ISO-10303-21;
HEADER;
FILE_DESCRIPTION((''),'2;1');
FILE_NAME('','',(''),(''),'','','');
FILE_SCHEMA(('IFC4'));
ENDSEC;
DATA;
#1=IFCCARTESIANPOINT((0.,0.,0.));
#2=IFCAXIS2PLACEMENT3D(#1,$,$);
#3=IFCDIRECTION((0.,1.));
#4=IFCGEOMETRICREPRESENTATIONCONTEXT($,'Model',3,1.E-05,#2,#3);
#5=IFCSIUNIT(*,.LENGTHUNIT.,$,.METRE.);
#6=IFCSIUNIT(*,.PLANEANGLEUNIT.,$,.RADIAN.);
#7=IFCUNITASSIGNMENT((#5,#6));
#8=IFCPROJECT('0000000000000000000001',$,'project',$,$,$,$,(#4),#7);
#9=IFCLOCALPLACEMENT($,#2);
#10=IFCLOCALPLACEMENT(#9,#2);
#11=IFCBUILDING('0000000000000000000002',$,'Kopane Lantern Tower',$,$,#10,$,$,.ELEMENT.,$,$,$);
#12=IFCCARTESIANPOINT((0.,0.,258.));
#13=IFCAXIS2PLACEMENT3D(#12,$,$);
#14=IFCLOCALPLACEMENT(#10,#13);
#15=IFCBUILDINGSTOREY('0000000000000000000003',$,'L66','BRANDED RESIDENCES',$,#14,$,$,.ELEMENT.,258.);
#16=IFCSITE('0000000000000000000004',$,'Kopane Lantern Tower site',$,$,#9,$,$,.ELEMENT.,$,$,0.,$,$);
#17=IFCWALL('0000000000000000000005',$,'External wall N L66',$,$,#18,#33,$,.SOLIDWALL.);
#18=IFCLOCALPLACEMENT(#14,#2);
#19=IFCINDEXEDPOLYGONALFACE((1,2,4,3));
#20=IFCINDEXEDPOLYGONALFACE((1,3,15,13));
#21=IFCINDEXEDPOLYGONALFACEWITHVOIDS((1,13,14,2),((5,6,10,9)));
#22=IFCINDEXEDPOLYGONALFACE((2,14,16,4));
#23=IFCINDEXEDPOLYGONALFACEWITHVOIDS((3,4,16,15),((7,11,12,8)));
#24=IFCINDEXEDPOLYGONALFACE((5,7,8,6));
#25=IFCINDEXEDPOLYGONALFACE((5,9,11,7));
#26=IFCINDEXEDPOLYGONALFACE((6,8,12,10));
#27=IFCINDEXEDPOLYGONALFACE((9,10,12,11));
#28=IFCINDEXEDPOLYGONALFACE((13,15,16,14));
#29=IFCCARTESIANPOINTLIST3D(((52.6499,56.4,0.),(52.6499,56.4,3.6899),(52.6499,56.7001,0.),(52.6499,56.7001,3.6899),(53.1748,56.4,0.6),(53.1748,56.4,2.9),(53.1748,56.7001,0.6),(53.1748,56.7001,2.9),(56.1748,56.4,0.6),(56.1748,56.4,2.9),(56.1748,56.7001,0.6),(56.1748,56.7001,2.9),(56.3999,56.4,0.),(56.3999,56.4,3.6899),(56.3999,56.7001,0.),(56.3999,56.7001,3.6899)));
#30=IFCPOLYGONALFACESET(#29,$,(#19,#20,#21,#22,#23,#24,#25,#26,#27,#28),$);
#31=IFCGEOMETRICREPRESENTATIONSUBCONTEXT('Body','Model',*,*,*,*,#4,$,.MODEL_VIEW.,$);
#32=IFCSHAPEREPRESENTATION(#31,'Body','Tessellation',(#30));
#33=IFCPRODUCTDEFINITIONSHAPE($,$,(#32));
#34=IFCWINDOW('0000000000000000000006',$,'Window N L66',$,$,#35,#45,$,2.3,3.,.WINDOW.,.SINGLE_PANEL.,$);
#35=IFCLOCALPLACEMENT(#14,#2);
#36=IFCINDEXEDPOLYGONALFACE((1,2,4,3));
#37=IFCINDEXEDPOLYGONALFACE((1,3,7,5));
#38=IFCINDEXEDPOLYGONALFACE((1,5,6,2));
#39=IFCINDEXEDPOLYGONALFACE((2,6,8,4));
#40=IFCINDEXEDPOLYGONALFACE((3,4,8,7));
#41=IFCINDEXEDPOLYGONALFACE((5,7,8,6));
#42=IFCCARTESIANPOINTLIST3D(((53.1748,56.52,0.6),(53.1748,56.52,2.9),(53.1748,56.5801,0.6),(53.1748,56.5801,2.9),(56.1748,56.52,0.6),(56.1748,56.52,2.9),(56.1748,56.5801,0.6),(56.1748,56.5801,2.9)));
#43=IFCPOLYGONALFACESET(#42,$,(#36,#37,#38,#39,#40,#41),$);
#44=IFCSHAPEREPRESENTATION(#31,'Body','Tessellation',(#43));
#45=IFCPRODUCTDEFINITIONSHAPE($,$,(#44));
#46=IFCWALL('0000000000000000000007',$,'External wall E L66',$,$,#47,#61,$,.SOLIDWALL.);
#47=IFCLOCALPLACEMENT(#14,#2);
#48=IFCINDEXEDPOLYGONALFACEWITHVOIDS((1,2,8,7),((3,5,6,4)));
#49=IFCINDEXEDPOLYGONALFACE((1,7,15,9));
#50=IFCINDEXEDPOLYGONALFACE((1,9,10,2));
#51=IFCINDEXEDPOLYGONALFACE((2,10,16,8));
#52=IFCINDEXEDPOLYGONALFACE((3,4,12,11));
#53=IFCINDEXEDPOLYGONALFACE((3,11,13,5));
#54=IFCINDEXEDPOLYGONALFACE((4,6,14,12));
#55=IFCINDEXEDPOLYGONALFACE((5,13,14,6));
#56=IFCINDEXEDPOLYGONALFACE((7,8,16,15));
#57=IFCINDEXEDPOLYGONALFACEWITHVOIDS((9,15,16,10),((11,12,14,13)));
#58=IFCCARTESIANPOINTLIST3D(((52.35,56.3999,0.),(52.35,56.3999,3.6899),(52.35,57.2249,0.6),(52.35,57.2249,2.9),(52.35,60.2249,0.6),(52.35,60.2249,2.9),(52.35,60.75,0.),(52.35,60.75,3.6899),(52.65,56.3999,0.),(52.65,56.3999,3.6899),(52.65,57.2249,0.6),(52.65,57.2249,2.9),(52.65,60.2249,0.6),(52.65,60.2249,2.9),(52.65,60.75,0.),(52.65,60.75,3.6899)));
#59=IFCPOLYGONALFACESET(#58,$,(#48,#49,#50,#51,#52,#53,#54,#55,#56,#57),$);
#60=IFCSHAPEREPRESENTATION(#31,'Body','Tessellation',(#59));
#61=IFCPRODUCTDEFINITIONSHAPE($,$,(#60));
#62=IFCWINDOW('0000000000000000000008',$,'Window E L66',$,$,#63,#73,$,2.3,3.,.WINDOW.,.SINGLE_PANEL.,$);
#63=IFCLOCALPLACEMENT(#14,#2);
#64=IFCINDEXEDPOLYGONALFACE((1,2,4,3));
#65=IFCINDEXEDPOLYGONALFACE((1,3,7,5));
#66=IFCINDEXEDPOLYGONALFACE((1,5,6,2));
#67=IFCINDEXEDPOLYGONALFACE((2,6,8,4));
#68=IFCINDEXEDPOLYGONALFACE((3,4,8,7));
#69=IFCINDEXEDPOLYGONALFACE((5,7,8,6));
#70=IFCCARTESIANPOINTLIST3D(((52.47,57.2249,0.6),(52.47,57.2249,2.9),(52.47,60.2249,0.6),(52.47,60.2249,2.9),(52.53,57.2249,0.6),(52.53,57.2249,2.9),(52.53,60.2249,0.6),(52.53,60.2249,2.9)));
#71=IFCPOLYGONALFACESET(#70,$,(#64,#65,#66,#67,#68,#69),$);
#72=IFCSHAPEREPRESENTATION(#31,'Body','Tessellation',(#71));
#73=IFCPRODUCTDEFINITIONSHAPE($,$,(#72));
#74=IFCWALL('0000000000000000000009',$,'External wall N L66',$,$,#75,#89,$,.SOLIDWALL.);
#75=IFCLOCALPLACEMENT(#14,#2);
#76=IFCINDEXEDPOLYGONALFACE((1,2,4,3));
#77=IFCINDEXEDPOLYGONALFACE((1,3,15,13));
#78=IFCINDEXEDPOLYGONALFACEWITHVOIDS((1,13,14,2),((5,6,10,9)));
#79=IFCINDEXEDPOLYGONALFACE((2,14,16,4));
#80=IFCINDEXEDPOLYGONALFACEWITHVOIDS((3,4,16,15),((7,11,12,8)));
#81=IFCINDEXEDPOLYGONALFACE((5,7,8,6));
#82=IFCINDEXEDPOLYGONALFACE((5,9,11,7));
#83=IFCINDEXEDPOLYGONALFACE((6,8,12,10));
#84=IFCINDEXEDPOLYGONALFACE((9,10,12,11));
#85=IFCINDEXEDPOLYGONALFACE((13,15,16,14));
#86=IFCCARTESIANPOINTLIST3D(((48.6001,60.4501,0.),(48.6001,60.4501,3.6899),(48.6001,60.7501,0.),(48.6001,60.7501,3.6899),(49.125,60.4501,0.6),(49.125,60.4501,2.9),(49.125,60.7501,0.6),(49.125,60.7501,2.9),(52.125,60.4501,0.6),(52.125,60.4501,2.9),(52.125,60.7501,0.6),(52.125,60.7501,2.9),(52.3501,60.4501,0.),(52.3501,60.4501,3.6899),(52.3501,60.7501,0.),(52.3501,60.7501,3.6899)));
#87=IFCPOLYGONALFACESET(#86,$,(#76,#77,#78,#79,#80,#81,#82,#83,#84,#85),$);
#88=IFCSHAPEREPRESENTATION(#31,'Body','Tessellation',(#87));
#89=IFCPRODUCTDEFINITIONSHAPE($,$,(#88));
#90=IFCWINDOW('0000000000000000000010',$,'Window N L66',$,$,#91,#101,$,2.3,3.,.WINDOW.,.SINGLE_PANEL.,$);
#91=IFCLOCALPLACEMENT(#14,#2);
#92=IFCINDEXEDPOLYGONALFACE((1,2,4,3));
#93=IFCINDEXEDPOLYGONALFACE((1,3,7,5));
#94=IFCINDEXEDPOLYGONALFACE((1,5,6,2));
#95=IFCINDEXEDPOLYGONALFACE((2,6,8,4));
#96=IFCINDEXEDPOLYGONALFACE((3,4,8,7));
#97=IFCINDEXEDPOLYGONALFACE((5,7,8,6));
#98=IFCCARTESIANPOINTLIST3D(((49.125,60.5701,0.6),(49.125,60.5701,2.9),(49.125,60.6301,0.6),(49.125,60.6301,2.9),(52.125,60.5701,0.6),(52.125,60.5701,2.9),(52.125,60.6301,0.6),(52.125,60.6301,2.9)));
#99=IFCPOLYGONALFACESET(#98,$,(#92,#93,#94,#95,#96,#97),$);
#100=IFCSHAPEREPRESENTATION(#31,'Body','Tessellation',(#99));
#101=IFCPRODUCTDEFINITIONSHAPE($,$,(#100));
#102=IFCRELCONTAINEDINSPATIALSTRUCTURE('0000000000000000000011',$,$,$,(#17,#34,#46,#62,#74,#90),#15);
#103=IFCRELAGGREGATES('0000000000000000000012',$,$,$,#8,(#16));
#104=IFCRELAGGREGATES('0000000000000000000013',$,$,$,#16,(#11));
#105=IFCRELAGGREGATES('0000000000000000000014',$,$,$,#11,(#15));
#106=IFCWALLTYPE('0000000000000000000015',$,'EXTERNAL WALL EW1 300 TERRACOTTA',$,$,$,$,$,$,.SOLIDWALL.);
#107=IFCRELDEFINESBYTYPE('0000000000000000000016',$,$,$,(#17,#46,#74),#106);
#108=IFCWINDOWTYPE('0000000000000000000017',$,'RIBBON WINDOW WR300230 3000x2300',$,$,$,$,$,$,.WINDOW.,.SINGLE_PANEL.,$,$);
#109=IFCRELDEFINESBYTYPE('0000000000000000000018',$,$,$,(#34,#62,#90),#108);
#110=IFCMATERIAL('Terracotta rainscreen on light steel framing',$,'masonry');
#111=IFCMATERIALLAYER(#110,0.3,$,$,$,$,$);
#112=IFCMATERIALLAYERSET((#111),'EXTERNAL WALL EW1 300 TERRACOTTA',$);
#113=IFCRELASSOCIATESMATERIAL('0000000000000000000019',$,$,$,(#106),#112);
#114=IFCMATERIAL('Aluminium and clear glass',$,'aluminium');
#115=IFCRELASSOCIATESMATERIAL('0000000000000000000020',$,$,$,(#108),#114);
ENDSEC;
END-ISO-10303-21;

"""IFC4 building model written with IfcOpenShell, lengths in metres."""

from ifc_helpers import new_model, si_unit, direction, frame, frame_2d, origin, place, context, subcontext, project, spatial, rectangle, extrude, material, layer, layer_set, type_object, element, fill, save


model = new_model("IFC4")

# Units and contexts
model_context = context("Model", 3, precision=1e-05, world=origin(), true_north=direction((0.0, 1.0)))
body_context = subcontext(model_context, "Body", "Model", "MODEL_VIEW")
ifc_project = project(units=[si_unit("LENGTHUNIT", "METRE"), si_unit("PLANEANGLEUNIT", "RADIAN")], contexts=[model_context])

# Site, building, storey
site_placement = place(None, origin())
site = spatial("IfcSite", under=ifc_project, at=site_placement, Name="Kopane Lantern Tower site", CompositionType="ELEMENT", RefElevation=0.0)
building_placement = place(site_placement, origin())
building = spatial("IfcBuilding", under=site, at=building_placement, Name="Kopane Lantern Tower", CompositionType="ELEMENT")
storey_placement = place(building_placement, frame((0.0, 0.0, 258.0)))
storey = spatial("IfcBuildingStorey", under=building, at=storey_placement, Name="L66", Description="BRANDED RESIDENCES", CompositionType="ELEMENT", Elevation=258.0)

# Walls, openings, windows
ifc_material_1 = material(Name="Terracotta rainscreen on light steel framing", Category="masonry")
ifc_layer_1 = layer(ifc_material_1, 0.3)
ifc_layer_set_1 = layer_set([ifc_layer_1], Name="EXTERNAL WALL EW1 300 TERRACOTTA")
wall_type_1 = type_object("IfcWallType", Name="EXTERNAL WALL EW1 300 TERRACOTTA", PredefinedType="SOLIDWALL", material=ifc_layer_set_1)
wall_1_placement = place(storey_placement, frame((56.3999, 56.55, 0.0), z_axis=(0.0, 0.0, 1.0), x_axis=(-1.0, 0.0, 0.0)))
wall_1 = element("IfcWall", 1, at=wall_1_placement, inside=storey, type_object=wall_type_1, Name="External wall N L66", PredefinedType="SOLIDWALL", context=body_context, shape_type="SweptSolid", body=[
    extrude(rectangle(XDim=3.75, YDim=0.3, at=frame_2d((1.875, 0.0))), origin(), (0.0, 0.0, 1.0), 3.6899),
])
opening_1_placement = place(wall_1_placement, frame((0.2251, 0.0, 0.6001)))
opening_1 = element("IfcOpeningElement", 2, at=opening_1_placement, cuts=wall_1, PredefinedType="OPENING", context=body_context, shape_type="SweptSolid", body=[
    extrude(rectangle(XDim=3.0, YDim=2.3, at=frame_2d((1.5, 1.1499))), frame((0.0, 0.1599, 0.0), z_axis=(0.0, -1.0, 0.0), x_axis=(1.0, 0.0, 0.0)), (0.0, 0.0, 1.0), 0.3201),
])
ifc_material_2 = material(Name="Aluminium and clear glass", Category="aluminium")
window_type = type_object("IfcWindowType", Name="RIBBON WINDOW WR300230 3000x2300", PartitioningType="SINGLE_PANEL", PredefinedType="WINDOW", material=ifc_material_2)
window_1_placement = place(opening_1_placement, origin())
window_1 = element("IfcWindow", 3, at=window_1_placement, inside=storey, type_object=window_type, Name="Window N L66", OverallHeight=2.3, OverallWidth=3.0, PartitioningType="SINGLE_PANEL", PredefinedType="WINDOW", context=body_context, shape_type="SweptSolid", body=[
    extrude(rectangle(XDim=3.0, YDim=2.3, at=frame_2d((1.5, 1.1499))), frame((0.0, 0.03, 0.0), z_axis=(0.0, -1.0, 0.0), x_axis=(1.0, 0.0, 0.0)), (0.0, 0.0, 1.0), 0.0601),
])
fill(opening_1, window_1)
wall_2_placement = place(storey_placement, frame((52.5, 56.3999, 0.0), z_axis=(0.0, 0.0, 1.0), x_axis=(0.0, 1.0, 0.0)))
wall_2 = element("IfcWall", 4, at=wall_2_placement, inside=storey, type_object=wall_type_1, Name="External wall E L66", PredefinedType="SOLIDWALL", context=body_context, shape_type="SweptSolid", body=[
    extrude(rectangle(XDim=4.3501, YDim=0.3, at=frame_2d((2.175, 0.0))), origin(), (0.0, 0.0, 1.0), 3.6899),
])
opening_2_placement = place(wall_2_placement, frame((0.825, 0.0, 0.6001)))
opening_2 = element("IfcOpeningElement", 5, at=opening_2_placement, cuts=wall_2, PredefinedType="OPENING", context=body_context, shape_type="SweptSolid", body=[
    extrude(rectangle(XDim=3.0, YDim=2.3, at=frame_2d((1.5, 1.1499))), frame((0.0, 0.1599, 0.0), z_axis=(0.0, -1.0, 0.0), x_axis=(1.0, 0.0, 0.0)), (0.0, 0.0, 1.0), 0.3201),
])
window_2_placement = place(opening_2_placement, origin())
window_2 = element("IfcWindow", 6, at=window_2_placement, inside=storey, type_object=window_type, Name="Window E L66", OverallHeight=2.3, OverallWidth=3.0, PartitioningType="SINGLE_PANEL", PredefinedType="WINDOW", context=body_context, shape_type="SweptSolid", body=[
    extrude(rectangle(XDim=3.0, YDim=2.3, at=frame_2d((1.5, 1.1499))), frame((0.0, 0.03, 0.0), z_axis=(0.0, -1.0, 0.0), x_axis=(1.0, 0.0, 0.0)), (0.0, 0.0, 1.0), 0.0601),
])
fill(opening_2, window_2)
wall_3_placement = place(storey_placement, frame((52.3501, 60.6001, 0.0), z_axis=(0.0, 0.0, 1.0), x_axis=(-1.0, 0.0, 0.0)))
wall_3 = element("IfcWall", 7, at=wall_3_placement, inside=storey, type_object=wall_type_1, Name="External wall N L66", PredefinedType="SOLIDWALL", context=body_context, shape_type="SweptSolid", body=[
    extrude(rectangle(XDim=3.75, YDim=0.3, at=frame_2d((1.875, 0.0))), origin(), (0.0, 0.0, 1.0), 3.6899),
])
opening_3_placement = place(wall_3_placement, frame((0.2251, 0.0, 0.6001)))
opening_3 = element("IfcOpeningElement", 8, at=opening_3_placement, cuts=wall_3, PredefinedType="OPENING", context=body_context, shape_type="SweptSolid", body=[
    extrude(rectangle(XDim=3.0, YDim=2.3, at=frame_2d((1.5, 1.1499))), frame((0.0, 0.1599, 0.0), z_axis=(0.0, -1.0, 0.0), x_axis=(1.0, 0.0, 0.0)), (0.0, 0.0, 1.0), 0.3201),
])
window_3_placement = place(opening_3_placement, origin())
window_3 = element("IfcWindow", 9, at=window_3_placement, inside=storey, type_object=window_type, Name="Window N L66", OverallHeight=2.3, OverallWidth=3.0, PartitioningType="SINGLE_PANEL", PredefinedType="WINDOW", context=body_context, shape_type="SweptSolid", body=[
    extrude(rectangle(XDim=3.0, YDim=2.3, at=frame_2d((1.5, 1.1499))), frame((0.0, 0.03, 0.0), z_axis=(0.0, -1.0, 0.0), x_axis=(1.0, 0.0, 0.0)), (0.0, 0.0, 1.0), 0.0601),
])
fill(opening_3, window_3)

save(model, "model.ifc")
